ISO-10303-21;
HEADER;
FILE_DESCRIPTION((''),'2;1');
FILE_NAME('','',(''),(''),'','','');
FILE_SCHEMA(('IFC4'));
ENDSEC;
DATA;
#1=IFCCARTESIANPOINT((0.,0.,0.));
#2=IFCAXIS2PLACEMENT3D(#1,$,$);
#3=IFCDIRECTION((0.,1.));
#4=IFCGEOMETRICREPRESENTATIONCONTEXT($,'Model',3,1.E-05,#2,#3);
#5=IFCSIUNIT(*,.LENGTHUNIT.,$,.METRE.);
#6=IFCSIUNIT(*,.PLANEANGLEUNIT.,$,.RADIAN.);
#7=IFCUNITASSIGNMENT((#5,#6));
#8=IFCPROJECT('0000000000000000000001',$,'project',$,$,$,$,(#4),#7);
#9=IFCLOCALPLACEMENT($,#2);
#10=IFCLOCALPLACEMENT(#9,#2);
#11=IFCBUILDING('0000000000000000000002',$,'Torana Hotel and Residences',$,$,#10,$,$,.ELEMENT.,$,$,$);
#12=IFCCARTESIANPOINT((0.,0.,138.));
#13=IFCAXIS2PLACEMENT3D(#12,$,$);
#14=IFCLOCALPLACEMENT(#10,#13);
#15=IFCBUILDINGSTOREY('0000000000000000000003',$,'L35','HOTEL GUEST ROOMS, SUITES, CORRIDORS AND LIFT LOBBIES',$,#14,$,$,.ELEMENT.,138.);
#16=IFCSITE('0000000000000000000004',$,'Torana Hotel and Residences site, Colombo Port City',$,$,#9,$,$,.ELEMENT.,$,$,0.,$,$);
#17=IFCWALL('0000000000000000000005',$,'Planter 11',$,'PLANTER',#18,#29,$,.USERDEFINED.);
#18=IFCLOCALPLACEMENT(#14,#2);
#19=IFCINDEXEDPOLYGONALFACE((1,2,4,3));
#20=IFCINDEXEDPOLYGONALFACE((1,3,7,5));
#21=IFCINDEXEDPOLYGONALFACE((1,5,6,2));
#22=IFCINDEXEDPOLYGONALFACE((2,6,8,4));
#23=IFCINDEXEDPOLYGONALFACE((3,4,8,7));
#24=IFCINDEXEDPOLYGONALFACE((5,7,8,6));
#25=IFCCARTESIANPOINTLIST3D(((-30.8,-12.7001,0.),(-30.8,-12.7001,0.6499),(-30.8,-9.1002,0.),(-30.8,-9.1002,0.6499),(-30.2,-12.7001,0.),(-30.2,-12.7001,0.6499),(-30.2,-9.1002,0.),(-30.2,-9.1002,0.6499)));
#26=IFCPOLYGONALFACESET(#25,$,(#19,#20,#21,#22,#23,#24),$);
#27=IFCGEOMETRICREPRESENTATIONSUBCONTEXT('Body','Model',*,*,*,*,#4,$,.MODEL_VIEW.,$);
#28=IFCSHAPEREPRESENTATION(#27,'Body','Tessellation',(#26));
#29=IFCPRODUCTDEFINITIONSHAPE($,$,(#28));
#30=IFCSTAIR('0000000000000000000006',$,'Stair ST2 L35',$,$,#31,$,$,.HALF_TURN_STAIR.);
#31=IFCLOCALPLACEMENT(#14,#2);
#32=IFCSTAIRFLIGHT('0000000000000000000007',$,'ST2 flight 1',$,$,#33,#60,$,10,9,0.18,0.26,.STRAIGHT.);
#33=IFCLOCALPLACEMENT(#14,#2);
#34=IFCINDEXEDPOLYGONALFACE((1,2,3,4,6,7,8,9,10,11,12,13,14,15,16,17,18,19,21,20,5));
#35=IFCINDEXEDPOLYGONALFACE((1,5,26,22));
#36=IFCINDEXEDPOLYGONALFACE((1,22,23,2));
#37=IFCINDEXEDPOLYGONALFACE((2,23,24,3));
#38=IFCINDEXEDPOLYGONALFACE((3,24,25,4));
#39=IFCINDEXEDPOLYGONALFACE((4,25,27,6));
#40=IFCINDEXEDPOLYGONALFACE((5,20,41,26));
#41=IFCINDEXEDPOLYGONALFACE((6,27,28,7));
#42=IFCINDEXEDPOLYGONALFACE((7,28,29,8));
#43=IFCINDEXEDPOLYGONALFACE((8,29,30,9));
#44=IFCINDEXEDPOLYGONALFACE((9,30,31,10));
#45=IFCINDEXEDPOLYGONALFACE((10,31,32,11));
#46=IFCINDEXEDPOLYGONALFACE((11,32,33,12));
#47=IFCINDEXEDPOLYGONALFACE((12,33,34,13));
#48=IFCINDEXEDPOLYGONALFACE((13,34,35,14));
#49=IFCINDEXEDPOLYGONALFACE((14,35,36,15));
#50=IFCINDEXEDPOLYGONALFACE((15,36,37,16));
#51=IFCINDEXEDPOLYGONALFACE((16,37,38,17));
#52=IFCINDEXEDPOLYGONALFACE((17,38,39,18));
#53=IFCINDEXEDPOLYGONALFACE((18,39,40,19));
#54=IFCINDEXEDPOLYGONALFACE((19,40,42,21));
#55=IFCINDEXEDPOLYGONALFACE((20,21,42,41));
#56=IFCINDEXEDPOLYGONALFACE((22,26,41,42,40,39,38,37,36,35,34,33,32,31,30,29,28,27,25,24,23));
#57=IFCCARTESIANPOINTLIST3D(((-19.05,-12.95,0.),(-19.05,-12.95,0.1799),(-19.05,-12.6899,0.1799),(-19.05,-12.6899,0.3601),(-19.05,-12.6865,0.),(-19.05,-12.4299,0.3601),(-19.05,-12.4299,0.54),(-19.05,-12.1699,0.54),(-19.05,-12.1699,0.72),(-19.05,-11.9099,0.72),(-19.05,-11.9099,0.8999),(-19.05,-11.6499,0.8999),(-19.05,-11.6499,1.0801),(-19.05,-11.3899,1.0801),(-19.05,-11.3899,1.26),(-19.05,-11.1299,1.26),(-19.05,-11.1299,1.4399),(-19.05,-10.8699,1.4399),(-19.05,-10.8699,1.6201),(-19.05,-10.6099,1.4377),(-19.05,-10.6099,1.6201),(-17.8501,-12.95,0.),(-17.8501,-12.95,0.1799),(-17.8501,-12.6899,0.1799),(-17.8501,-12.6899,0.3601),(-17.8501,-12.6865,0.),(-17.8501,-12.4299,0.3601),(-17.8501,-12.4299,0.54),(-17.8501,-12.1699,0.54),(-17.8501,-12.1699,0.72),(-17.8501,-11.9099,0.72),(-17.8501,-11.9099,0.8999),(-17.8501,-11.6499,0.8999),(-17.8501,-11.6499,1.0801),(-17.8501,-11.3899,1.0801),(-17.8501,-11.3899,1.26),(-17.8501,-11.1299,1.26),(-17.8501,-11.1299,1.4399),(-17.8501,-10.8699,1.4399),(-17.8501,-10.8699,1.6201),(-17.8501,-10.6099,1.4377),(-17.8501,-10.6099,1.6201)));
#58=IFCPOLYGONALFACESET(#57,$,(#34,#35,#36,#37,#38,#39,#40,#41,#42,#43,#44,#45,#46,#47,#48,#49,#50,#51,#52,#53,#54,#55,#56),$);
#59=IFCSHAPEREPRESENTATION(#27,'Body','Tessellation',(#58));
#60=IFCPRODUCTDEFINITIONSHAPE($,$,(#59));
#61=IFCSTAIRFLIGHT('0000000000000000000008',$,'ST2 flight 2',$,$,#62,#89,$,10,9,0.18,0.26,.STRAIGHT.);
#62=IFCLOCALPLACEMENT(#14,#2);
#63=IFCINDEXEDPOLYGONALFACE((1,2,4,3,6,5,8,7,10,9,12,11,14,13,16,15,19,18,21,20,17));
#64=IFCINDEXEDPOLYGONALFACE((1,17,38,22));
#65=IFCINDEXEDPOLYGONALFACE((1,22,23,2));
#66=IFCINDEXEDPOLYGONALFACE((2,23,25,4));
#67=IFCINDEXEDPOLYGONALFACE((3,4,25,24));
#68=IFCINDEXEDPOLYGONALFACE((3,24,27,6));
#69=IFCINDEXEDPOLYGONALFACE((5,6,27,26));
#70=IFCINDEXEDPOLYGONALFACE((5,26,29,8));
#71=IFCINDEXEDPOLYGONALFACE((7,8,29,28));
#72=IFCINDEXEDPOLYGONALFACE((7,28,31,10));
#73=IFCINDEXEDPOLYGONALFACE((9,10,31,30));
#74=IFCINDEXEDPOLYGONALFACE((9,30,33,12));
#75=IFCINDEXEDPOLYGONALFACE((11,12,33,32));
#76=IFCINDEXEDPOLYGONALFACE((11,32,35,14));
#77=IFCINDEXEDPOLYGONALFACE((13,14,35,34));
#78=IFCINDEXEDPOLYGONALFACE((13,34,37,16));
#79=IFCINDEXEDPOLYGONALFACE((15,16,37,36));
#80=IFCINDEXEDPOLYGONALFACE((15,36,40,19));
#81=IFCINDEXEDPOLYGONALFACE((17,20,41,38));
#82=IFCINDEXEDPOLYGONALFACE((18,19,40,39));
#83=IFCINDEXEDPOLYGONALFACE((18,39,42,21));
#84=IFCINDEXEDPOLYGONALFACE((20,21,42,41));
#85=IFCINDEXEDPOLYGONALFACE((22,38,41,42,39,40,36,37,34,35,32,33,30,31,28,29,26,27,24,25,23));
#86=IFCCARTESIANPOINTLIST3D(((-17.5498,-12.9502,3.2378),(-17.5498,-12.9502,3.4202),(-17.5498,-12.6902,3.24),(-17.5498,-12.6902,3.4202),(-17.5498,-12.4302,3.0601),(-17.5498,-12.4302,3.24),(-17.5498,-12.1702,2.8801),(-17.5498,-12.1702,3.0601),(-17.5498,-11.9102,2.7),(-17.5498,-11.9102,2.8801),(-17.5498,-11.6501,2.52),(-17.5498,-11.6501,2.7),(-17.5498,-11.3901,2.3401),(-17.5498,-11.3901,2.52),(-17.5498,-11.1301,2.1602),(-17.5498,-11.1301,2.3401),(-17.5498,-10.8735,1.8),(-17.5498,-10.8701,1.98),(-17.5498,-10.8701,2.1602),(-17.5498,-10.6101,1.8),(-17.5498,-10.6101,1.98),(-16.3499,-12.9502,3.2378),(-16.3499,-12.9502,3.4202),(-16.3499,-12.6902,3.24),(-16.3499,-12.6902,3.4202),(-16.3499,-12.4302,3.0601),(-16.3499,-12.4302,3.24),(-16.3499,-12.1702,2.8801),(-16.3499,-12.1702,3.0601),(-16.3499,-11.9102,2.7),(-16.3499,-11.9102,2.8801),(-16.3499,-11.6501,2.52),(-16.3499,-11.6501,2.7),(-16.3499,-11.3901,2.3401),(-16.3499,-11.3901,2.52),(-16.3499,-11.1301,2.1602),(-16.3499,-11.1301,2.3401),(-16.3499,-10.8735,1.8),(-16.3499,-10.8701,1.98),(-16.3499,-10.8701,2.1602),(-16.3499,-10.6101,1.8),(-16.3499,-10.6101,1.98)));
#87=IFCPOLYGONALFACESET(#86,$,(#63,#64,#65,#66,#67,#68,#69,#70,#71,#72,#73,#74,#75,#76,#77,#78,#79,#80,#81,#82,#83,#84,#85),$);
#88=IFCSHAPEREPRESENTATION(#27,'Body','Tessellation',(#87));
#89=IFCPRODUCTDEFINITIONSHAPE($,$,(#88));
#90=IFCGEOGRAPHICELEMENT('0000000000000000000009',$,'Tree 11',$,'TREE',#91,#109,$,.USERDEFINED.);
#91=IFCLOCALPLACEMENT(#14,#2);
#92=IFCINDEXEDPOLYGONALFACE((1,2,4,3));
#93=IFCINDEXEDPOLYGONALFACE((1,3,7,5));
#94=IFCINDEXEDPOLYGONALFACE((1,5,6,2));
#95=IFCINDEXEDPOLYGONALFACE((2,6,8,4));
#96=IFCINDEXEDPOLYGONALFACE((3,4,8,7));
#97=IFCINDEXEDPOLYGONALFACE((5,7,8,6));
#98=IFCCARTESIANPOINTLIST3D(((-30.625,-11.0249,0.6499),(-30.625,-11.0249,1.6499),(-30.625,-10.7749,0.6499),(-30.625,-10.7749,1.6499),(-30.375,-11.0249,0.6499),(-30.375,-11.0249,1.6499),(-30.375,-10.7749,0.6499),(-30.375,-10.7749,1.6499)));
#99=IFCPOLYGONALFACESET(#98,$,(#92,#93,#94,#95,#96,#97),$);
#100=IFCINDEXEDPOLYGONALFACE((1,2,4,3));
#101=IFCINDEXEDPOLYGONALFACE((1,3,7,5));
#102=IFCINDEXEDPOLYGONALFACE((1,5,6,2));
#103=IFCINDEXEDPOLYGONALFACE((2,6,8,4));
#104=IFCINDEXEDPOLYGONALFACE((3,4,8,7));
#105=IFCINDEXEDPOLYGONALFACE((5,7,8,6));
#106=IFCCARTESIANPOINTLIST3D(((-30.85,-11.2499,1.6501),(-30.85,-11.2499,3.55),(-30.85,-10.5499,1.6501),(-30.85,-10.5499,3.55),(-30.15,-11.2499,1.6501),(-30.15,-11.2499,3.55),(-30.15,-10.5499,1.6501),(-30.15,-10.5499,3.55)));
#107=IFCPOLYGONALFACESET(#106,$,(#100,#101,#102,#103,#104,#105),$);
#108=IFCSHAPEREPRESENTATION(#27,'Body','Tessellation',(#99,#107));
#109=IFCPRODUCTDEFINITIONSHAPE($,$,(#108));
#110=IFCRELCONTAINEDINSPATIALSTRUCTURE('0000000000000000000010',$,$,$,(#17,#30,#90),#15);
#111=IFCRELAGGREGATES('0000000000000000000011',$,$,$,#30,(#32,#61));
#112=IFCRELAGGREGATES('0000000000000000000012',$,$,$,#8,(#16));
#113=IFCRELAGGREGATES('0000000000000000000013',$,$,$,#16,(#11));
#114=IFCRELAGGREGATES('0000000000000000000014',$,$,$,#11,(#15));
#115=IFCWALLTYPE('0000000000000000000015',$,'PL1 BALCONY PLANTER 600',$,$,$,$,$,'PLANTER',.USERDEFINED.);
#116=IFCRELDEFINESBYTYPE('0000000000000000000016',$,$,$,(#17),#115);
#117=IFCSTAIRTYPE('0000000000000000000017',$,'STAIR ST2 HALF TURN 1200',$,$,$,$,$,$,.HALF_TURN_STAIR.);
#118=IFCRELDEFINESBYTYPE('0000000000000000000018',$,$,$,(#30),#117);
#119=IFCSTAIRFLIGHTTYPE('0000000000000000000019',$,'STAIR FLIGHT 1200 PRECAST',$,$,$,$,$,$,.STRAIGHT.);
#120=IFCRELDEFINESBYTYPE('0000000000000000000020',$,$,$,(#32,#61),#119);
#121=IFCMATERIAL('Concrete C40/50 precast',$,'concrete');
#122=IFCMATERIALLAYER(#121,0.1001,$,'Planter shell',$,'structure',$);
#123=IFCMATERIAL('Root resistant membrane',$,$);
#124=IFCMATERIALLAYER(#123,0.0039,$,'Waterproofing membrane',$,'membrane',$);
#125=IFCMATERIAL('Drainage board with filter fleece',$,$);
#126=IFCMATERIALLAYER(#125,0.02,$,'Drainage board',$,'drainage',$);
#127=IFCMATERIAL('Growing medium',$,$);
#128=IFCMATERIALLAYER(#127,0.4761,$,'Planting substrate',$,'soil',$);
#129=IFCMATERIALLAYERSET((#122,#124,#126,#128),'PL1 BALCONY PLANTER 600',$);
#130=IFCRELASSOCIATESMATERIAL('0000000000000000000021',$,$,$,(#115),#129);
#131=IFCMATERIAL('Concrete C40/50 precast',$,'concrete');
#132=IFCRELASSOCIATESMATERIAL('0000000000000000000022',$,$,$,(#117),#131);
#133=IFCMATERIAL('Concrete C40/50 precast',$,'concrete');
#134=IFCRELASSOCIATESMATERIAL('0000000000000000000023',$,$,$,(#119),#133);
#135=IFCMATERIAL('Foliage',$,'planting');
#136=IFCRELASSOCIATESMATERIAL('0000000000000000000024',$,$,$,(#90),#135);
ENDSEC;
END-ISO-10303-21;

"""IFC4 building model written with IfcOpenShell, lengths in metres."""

from ifc_helpers import new_model, si_unit, direction, frame, frame_2d, origin, origin_2d, place, context, subcontext, project, spatial, polyline, rectangle, outline, extrude, material, layer, layer_set, type_object, element, aggregate, save


model = new_model("IFC4")

# Units and contexts
model_context = context("Model", 3, precision=1e-05, world=origin(), true_north=direction((0.0, 1.0)))
body_context = subcontext(model_context, "Body", "Model", "MODEL_VIEW")
ifc_project = project(units=[si_unit("LENGTHUNIT", "METRE"), si_unit("PLANEANGLEUNIT", "RADIAN")], contexts=[model_context])

# Site, building, storey
site_placement = place(None, origin())
site = spatial("IfcSite", under=ifc_project, at=site_placement, Name="Torana Hotel and Residences site, Colombo Port City", CompositionType="ELEMENT", RefElevation=0.0)
building_placement = place(site_placement, origin())
building = spatial("IfcBuilding", under=site, at=building_placement, Name="Torana Hotel and Residences", CompositionType="ELEMENT")
storey_placement = place(building_placement, frame((0.0, 0.0, 138.0)))
storey = spatial("IfcBuildingStorey", under=building, at=storey_placement, Name="L35", Description="HOTEL GUEST ROOMS, SUITES, CORRIDORS AND LIFT LOBBIES", CompositionType="ELEMENT", Elevation=138.0)

# Wall
ifc_material_1 = material(Name="Concrete C40/50 precast", Category="concrete")
ifc_layer_1 = layer(ifc_material_1, 0.1001, Name="Planter shell", Category="structure")
ifc_material_2 = material(Name="Root resistant membrane")
ifc_layer_2 = layer(ifc_material_2, 0.0039, Name="Waterproofing membrane", Category="membrane")
ifc_material_3 = material(Name="Drainage board with filter fleece")
ifc_layer_3 = layer(ifc_material_3, 0.02, Name="Drainage board", Category="drainage")
ifc_material_4 = material(Name="Growing medium")
ifc_layer_4 = layer(ifc_material_4, 0.4761, Name="Planting substrate", Category="soil")
ifc_layer_set_1 = layer_set([ifc_layer_1, ifc_layer_2, ifc_layer_3, ifc_layer_4], Name="PL1 BALCONY PLANTER 600")
wall_type_1 = type_object("IfcWallType", Name="PL1 BALCONY PLANTER 600", ElementType="PLANTER", PredefinedType="USERDEFINED", material=ifc_layer_set_1)
wall_1_placement = place(storey_placement, frame((-30.5, -12.7, 0.0), z_axis=(0.0, 0.0, 1.0), x_axis=(0.0, 1.0, 0.0)))
element("IfcWall", 1, at=wall_1_placement, inside=storey, type_object=wall_type_1, Name="Planter 11", ObjectType="PLANTER", PredefinedType="USERDEFINED", context=body_context, shape_type="SweptSolid", body=[
    extrude(rectangle(XDim=3.5999, YDim=0.6001, at=frame_2d((1.7998, 0.0))), origin(), (0.0, 0.0, 1.0), 0.6499),
])

# Stair, stair flights
ifc_material_5 = material(Name="Concrete C40/50 precast", Category="concrete")
stair_type = type_object("IfcStairType", Name="STAIR ST2 HALF TURN 1200", PredefinedType="HALF_TURN_STAIR", material=ifc_material_5)
stair_placement = place(storey_placement, origin())
stair = element("IfcStair", 2, at=stair_placement, inside=storey, type_object=stair_type, Name="Stair ST2 L35", PredefinedType="HALF_TURN_STAIR")
ifc_material_6 = material(Name="Concrete C40/50 precast", Category="concrete")
stair_flight_type = type_object("IfcStairFlightType", Name="STAIR FLIGHT 1200 PRECAST", PredefinedType="STRAIGHT", material=ifc_material_6)
stair_flight_1_placement = place(storey_placement, frame((-18.45, -12.95, 0.0), z_axis=(0.0, 0.0, 1.0), x_axis=(0.0, 1.0, 0.0)))
stair_flight_1 = element("IfcStairFlight", 3, at=stair_flight_1_placement, type_object=stair_flight_type, Name="ST2 flight 1", NumberOfRisers=10, NumberOfTreads=9, PredefinedType="STRAIGHT", RiserHeight=0.18, TreadLength=0.26, context=body_context, shape_type="SweptSolid", body=[
    extrude(outline(polyline([(0.0, 0.0), (0.0, 0.1799), (0.26, 0.1799), (0.26, 0.3601), (0.52, 0.3601), (0.52, 0.54), (0.78, 0.54), (0.78, 0.72), (1.04, 0.72), (1.04, 0.8999), (1.3, 0.8999), (1.3, 1.0801), (1.5601, 1.0801), (1.5601, 1.26), (1.8201, 1.26), (1.8201, 1.4399), (2.0801, 1.4399), (2.0801, 1.6201), (2.3401, 1.6201), (2.3401, 1.8), (2.3401, 1.4377), (0.2634, 0.0), (0.0, 0.0)])), frame((0.0, 0.6001, 0.0), z_axis=(0.0, -1.0, 0.0), x_axis=(1.0, 0.0, 0.0)), (0.0, 0.0, 1.0), 1.2),
])
stair_flight_2_placement = place(storey_placement, frame((-16.95, -10.6101, 1.8), z_axis=(0.0, 0.0, 1.0), x_axis=(0.0, -1.0, 0.0)))
stair_flight_2 = element("IfcStairFlight", 4, at=stair_flight_2_placement, type_object=stair_flight_type, Name="ST2 flight 2", NumberOfRisers=10, NumberOfTreads=9, PredefinedType="STRAIGHT", RiserHeight=0.18, TreadLength=0.26, context=body_context, shape_type="SweptSolid", body=[
    extrude(outline(polyline([(0.0, 0.0), (0.0, 0.1799), (0.26, 0.1799), (0.26, 0.3601), (0.52, 0.3601), (0.52, 0.54), (0.78, 0.54), (0.78, 0.72), (1.04, 0.72), (1.04, 0.8999), (1.3, 0.8999), (1.3, 1.0801), (1.5601, 1.0801), (1.5601, 1.26), (1.8201, 1.26), (1.8201, 1.4399), (2.0801, 1.4399), (2.0801, 1.6201), (2.3401, 1.6201), (2.3401, 1.8), (2.3401, 1.4377), (0.2634, 0.0), (0.0, 0.0)])), frame((0.0, 0.6001, 0.0), z_axis=(0.0, -1.0, 0.0), x_axis=(1.0, 0.0, 0.0)), (0.0, 0.0, 1.0), 1.2),
])
aggregate(stair, [stair_flight_1, stair_flight_2])

# Geographic element
ifc_material_7 = material(Name="Foliage", Category="planting")
geographic_element_placement = place(storey_placement, frame((-30.5, -10.8999, 0.6499), z_axis=(0.0, 0.0, 1.0), x_axis=(1.0, 0.0, 0.0)))
element("IfcGeographicElement", 5, at=geographic_element_placement, inside=storey, material=ifc_material_7, Name="Tree 11", ObjectType="TREE", PredefinedType="USERDEFINED", context=body_context, shape_type="SweptSolid", body=[
    extrude(rectangle(XDim=0.25, YDim=0.25, at=origin_2d()), origin(), (0.0, 0.0, 1.0), 1.0),
    extrude(rectangle(XDim=0.7, YDim=0.7, at=origin_2d()), frame((0.0, 0.0, 1.0002)), (0.0, 0.0, 1.0), 1.8999),
])

save(model, "model.ifc")
